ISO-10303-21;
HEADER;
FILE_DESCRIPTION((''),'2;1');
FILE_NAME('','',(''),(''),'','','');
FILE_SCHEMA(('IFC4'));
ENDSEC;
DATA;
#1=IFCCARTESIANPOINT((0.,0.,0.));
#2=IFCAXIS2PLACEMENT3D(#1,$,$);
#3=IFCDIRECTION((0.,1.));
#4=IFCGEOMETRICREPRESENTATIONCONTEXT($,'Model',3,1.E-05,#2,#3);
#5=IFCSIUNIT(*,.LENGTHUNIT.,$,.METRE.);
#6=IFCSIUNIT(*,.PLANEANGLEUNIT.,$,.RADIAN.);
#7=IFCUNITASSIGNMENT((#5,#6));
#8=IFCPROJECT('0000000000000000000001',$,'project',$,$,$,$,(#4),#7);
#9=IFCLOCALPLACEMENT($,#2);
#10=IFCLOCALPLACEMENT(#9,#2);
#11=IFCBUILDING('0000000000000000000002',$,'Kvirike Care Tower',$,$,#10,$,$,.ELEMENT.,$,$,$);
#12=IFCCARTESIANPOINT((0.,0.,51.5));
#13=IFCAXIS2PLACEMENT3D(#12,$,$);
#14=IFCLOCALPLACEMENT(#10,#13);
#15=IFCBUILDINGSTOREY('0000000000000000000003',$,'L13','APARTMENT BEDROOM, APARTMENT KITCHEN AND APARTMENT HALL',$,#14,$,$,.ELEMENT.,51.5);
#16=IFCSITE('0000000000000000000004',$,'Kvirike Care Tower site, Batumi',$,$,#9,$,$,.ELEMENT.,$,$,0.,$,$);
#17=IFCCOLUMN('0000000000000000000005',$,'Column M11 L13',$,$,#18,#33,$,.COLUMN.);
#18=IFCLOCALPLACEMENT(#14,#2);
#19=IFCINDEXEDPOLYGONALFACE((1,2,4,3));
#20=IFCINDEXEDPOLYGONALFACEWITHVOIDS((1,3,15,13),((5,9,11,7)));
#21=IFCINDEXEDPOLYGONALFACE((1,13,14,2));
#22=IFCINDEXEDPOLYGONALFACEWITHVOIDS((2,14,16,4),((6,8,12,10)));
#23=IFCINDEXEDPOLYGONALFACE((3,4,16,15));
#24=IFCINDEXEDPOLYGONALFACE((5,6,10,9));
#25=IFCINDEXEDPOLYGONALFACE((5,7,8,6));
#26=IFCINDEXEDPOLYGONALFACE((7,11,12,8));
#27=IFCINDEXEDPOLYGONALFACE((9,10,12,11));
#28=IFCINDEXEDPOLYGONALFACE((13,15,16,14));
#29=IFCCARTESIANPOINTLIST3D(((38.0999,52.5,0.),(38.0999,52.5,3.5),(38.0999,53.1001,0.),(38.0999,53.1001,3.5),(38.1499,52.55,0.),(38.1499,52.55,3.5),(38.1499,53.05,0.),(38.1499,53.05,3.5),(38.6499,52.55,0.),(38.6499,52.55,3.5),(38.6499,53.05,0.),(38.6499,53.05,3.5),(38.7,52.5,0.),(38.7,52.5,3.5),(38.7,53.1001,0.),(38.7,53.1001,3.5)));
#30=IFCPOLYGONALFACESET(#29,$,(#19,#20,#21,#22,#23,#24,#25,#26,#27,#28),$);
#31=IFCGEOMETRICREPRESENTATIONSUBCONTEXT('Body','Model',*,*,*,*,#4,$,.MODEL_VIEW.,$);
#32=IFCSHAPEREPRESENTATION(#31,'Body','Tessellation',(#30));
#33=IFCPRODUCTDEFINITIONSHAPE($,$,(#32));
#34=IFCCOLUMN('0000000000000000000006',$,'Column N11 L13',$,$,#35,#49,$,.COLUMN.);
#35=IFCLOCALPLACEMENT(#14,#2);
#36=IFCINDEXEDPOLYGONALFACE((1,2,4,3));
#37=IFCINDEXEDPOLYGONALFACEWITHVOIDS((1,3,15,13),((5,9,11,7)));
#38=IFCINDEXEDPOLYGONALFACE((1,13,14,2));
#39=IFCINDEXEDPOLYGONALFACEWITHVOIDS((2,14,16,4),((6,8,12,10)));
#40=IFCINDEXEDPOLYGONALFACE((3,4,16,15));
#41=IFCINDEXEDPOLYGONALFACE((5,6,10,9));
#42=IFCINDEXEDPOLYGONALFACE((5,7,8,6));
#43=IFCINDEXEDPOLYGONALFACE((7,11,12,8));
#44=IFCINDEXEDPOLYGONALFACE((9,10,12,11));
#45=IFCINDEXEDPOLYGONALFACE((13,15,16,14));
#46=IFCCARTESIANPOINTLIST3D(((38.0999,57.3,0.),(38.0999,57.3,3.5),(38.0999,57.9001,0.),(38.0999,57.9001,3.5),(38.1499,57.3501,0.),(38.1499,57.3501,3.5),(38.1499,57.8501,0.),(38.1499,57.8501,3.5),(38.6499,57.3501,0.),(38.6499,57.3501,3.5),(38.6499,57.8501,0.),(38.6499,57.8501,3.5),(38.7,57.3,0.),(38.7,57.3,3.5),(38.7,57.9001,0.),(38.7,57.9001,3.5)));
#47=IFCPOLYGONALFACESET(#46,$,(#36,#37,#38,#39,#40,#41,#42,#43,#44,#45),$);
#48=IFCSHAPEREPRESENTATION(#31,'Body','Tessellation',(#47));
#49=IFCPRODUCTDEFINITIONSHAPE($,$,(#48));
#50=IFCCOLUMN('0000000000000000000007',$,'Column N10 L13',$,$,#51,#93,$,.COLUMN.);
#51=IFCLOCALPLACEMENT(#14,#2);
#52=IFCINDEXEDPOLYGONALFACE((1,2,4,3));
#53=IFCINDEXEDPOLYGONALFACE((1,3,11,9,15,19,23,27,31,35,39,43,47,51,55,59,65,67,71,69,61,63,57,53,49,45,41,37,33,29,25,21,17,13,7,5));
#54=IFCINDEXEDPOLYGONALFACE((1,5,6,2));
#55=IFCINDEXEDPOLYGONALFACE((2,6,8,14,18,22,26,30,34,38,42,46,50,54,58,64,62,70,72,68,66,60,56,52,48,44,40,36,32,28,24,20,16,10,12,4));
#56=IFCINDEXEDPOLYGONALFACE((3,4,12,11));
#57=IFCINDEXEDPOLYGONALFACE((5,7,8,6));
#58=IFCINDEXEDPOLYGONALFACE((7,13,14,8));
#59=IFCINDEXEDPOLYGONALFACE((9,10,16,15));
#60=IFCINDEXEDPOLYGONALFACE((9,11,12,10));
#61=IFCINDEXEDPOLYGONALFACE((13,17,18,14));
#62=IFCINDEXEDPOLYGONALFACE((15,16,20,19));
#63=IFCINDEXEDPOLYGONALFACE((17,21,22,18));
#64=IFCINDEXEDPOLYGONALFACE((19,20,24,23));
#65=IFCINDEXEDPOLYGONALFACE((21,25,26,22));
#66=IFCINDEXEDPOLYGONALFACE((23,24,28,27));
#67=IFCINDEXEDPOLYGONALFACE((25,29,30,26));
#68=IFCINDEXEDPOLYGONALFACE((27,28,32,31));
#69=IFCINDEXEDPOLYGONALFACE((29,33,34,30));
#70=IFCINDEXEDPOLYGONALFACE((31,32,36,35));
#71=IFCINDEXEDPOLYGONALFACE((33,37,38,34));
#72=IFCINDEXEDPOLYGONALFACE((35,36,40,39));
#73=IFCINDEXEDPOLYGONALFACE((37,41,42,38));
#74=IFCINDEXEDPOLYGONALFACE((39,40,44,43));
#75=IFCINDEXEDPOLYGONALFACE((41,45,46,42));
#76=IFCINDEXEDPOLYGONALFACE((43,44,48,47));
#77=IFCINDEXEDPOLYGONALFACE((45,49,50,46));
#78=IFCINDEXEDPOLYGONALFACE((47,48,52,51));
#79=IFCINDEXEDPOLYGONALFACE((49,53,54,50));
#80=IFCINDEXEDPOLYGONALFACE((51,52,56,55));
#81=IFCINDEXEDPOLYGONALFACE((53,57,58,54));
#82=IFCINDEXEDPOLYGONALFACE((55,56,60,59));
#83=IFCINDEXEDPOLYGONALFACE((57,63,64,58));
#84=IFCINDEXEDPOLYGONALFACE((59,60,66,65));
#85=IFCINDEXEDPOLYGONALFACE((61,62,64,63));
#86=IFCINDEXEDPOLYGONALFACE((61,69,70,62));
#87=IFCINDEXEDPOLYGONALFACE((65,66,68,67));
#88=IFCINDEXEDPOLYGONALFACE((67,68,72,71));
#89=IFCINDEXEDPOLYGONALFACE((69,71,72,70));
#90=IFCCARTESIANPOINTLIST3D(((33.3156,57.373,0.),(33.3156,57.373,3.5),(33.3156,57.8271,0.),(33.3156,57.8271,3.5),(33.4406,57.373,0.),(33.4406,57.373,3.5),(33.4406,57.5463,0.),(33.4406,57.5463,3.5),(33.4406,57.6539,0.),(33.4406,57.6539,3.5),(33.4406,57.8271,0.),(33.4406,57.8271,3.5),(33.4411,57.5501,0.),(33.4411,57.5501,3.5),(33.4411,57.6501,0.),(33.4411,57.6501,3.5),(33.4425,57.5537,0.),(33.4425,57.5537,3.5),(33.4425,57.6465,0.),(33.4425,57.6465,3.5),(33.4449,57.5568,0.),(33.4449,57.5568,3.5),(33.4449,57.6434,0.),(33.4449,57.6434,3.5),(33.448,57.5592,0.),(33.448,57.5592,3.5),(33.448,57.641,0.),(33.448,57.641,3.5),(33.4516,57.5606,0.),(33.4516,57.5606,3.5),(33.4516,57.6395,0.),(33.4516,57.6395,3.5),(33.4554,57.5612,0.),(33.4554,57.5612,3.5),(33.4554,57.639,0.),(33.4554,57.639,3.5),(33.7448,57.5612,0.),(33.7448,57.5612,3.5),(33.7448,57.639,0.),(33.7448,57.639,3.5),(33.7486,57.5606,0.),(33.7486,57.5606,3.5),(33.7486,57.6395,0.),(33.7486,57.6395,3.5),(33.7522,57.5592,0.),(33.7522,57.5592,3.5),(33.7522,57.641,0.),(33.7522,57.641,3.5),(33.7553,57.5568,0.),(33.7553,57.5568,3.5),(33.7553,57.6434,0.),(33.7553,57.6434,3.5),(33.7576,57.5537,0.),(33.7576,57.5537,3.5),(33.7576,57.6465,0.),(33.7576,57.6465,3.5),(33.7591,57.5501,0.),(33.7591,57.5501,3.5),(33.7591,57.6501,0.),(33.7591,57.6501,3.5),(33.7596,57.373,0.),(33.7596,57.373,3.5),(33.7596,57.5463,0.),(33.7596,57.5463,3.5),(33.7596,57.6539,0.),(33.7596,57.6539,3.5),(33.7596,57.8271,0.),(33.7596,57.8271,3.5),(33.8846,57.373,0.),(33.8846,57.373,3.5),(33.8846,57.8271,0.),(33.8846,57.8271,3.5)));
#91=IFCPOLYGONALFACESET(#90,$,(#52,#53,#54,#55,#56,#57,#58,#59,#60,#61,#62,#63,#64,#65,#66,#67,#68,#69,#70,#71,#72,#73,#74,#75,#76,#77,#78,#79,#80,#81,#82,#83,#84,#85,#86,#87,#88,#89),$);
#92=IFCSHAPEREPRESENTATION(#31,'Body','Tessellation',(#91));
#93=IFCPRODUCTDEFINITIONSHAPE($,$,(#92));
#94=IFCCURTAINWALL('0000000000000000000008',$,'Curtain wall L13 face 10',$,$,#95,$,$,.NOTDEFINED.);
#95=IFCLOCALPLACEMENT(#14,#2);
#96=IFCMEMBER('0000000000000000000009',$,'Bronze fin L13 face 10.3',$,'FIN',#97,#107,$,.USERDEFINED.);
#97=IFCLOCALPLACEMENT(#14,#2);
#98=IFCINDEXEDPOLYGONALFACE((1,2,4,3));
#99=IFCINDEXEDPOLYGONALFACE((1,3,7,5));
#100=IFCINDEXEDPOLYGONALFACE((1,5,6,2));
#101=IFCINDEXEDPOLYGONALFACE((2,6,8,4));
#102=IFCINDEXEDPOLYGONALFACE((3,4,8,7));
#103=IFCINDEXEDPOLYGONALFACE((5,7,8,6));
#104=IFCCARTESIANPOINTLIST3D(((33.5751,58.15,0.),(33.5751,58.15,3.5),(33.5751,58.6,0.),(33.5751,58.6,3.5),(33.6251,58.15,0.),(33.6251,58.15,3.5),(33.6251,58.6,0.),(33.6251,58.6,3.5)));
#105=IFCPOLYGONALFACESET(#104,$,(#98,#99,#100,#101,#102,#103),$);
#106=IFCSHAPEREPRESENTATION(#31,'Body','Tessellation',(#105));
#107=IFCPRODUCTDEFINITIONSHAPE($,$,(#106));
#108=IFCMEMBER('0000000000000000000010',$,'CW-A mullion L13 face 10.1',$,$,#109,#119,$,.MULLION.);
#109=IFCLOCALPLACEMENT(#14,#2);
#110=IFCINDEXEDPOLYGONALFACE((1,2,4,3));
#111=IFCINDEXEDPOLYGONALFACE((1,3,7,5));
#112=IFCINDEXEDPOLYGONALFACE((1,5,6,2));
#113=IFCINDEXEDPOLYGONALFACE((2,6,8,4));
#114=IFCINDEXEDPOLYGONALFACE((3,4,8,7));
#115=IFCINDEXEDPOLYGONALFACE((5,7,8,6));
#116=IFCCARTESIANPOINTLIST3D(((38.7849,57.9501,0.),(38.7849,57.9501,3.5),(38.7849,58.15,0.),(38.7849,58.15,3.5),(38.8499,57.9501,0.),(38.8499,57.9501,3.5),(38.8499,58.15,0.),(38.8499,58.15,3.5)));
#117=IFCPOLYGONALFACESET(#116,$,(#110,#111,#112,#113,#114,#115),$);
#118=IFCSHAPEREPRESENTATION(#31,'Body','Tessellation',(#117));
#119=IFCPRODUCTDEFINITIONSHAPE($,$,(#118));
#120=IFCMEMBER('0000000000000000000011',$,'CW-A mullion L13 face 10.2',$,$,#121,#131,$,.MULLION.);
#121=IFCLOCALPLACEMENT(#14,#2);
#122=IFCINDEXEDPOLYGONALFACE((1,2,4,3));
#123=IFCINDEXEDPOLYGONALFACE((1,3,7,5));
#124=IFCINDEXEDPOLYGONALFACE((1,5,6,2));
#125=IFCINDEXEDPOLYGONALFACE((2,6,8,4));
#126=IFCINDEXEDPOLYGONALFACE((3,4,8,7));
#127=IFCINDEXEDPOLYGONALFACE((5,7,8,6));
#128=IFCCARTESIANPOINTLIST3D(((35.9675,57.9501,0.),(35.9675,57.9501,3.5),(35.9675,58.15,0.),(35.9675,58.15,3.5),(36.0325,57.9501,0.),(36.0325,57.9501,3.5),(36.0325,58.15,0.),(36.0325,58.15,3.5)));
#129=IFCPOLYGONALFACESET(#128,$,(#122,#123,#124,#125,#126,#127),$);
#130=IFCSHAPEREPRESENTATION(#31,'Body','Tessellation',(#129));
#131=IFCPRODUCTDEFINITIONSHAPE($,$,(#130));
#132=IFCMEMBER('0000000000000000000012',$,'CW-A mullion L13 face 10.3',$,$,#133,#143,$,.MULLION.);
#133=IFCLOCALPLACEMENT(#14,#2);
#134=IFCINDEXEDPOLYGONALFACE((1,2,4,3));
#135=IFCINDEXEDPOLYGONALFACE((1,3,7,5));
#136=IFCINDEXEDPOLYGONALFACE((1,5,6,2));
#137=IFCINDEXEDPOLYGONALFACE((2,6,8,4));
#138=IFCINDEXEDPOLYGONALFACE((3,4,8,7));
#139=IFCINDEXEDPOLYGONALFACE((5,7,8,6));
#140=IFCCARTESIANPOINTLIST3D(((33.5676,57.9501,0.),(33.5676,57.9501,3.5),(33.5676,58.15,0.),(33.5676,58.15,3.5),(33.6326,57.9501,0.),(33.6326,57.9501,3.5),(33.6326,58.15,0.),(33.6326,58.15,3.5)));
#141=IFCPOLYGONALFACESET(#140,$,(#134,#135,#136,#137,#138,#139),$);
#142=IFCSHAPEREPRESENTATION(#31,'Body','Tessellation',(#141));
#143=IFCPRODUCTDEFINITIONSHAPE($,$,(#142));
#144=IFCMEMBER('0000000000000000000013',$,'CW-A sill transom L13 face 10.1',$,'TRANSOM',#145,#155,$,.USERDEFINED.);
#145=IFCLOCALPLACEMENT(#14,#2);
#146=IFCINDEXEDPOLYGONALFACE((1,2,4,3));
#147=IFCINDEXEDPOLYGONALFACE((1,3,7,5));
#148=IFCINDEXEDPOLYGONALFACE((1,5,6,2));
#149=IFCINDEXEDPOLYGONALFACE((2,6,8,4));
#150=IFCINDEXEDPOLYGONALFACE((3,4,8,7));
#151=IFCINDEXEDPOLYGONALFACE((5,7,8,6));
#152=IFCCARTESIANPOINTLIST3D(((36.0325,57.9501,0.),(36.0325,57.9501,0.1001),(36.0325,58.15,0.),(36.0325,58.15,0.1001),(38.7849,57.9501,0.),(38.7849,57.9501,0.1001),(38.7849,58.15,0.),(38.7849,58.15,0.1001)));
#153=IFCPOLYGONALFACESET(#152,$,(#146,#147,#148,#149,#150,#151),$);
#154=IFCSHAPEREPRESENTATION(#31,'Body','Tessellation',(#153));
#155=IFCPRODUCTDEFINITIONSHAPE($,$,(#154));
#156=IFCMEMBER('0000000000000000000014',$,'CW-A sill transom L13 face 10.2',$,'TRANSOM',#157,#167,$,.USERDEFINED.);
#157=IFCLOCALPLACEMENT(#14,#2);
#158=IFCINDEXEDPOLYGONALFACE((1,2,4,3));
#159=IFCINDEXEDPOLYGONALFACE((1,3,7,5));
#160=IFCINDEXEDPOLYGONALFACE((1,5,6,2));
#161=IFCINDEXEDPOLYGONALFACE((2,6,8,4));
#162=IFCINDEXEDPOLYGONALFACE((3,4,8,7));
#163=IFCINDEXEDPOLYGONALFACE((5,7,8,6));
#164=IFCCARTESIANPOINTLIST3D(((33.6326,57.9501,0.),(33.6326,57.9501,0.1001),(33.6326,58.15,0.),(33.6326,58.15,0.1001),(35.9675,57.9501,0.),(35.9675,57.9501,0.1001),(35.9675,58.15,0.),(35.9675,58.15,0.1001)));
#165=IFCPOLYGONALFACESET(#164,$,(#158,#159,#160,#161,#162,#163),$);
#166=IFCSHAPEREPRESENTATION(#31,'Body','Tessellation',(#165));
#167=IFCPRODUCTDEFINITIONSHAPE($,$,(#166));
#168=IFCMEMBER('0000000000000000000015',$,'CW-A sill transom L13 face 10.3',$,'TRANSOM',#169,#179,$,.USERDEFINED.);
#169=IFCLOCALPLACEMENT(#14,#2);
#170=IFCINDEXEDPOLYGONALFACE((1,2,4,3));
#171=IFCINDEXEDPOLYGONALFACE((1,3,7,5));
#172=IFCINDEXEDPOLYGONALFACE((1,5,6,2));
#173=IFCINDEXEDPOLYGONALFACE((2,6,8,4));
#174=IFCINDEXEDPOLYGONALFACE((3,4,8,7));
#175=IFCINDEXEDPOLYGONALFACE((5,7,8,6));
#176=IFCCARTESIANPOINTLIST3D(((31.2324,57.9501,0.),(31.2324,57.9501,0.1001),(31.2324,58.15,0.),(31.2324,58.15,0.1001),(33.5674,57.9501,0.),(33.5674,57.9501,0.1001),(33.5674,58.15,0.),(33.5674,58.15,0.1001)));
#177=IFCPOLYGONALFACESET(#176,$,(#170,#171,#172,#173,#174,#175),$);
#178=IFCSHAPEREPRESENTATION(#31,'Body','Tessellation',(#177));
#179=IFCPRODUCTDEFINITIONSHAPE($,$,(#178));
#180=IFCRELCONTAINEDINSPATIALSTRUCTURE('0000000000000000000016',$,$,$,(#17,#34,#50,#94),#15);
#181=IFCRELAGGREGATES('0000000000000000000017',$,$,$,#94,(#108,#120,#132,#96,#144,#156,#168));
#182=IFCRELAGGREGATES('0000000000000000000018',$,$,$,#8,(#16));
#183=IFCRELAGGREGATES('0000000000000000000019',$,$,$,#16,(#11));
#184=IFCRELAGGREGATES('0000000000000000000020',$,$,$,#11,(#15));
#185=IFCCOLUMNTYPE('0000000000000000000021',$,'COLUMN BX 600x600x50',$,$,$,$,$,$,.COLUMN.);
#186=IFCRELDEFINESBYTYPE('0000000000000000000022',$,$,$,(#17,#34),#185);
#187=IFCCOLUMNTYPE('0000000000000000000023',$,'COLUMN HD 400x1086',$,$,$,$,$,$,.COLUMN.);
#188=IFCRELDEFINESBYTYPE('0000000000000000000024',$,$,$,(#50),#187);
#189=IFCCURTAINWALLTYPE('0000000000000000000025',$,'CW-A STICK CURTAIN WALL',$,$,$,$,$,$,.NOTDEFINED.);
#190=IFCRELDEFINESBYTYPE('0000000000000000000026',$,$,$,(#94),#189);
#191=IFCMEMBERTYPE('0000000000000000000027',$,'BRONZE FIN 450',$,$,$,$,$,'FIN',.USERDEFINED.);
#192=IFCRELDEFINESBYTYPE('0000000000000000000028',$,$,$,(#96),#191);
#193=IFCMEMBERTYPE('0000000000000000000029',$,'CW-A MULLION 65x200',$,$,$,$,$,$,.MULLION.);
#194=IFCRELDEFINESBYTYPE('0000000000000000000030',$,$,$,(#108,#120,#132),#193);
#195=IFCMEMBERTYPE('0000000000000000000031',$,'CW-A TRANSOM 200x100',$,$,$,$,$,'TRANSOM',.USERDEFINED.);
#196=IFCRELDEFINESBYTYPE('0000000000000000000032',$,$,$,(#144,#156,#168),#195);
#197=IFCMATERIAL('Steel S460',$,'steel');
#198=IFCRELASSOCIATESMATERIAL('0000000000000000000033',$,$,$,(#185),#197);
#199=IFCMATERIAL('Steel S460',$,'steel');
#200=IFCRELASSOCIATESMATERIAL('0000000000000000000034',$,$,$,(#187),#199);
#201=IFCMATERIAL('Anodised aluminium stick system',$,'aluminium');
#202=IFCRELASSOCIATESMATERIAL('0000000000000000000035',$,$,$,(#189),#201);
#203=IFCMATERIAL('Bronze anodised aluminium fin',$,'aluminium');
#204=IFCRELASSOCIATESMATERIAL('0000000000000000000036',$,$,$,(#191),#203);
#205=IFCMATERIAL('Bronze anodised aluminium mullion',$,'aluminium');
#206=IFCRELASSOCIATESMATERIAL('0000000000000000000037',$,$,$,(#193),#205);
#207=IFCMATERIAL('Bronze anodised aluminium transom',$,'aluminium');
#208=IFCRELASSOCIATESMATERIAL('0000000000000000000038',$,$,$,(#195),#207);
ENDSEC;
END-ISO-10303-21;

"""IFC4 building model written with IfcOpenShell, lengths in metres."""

from ifc_helpers import new_model, si_unit, direction, frame, origin, origin_2d, place, context, subcontext, project, spatial, rectangle, hollow_rectangle, i_section, extrude, material, material_profile, profile_set, type_object, element, aggregate, save


model = new_model("IFC4")

# Units and contexts
model_context = context("Model", 3, precision=1e-05, world=origin(), true_north=direction((0.0, 1.0)))
body_context = subcontext(model_context, "Body", "Model", "MODEL_VIEW")
ifc_project = project(units=[si_unit("LENGTHUNIT", "METRE"), si_unit("PLANEANGLEUNIT", "RADIAN")], contexts=[model_context])

# Site, building, storey
site_placement = place(None, origin())
site = spatial("IfcSite", under=ifc_project, at=site_placement, Name="Kvirike Care Tower site, Batumi", CompositionType="ELEMENT", RefElevation=0.0)
building_placement = place(site_placement, origin())
building = spatial("IfcBuilding", under=site, at=building_placement, Name="Kvirike Care Tower", CompositionType="ELEMENT")
storey_placement = place(building_placement, frame((0.0, 0.0, 51.5)))
storey = spatial("IfcBuildingStorey", under=building, at=storey_placement, Name="L13", Description="APARTMENT BEDROOM, APARTMENT KITCHEN AND APARTMENT HALL", CompositionType="ELEMENT", Elevation=51.5)

# Columns
ifc_material_1 = material(Name="Steel S460", Category="steel")
ifc_material_profile_1 = material_profile(ifc_material_1, hollow_rectangle(XDim=0.6001, YDim=0.6001, WallThickness=0.05, at=origin_2d()), Name="BX 600x600x50")
ifc_profile_set_1 = profile_set([ifc_material_profile_1], Name="Steel S460")
column_type_1 = type_object("IfcColumnType", Name="COLUMN BX 600x600x50", PredefinedType="COLUMN", material=ifc_profile_set_1)
for number, where, z_axis, x_axis, name in (
    (1, (38.3999, 52.8, 0.0), (0.0, 0.0, 1.0), (0.0, 1.0, 0.0), "Column M11 L13"),
    (2, (38.3999, 57.6001, 0.0), (0.0, 0.0, 1.0), (0.0, 1.0, 0.0), "Column N11 L13"),
):
    element("IfcColumn", number, at=place(storey_placement, frame(where, z_axis=z_axis, x_axis=x_axis)), inside=storey, type_object=column_type_1, Name=name, PredefinedType="COLUMN", context=body_context, shape_type="SweptSolid", body=[
        extrude(hollow_rectangle(XDim=0.6001, YDim=0.6001, WallThickness=0.05, at=origin_2d()), origin(), (0.0, 0.0, 1.0), 3.5),
    ])
ifc_material_2 = material(Name="Steel S460", Category="steel")
ifc_material_profile_2 = material_profile(ifc_material_2, i_section(OverallWidth=0.4541, OverallDepth=0.5691, WebThickness=0.0779, FlangeThickness=0.125, FilletRadius=0.0149, at=origin_2d()), Name="HD 400x1086")
ifc_profile_set_2 = profile_set([ifc_material_profile_2], Name="Steel S460")
column_type_2 = type_object("IfcColumnType", Name="COLUMN HD 400x1086", PredefinedType="COLUMN", material=ifc_profile_set_2)
column_placement = place(storey_placement, frame((33.6001, 57.6001, 0.0), z_axis=(0.0, 0.0, 1.0), x_axis=(0.0, 1.0, 0.0)))
element("IfcColumn", 3, at=column_placement, inside=storey, type_object=column_type_2, Name="Column N10 L13", PredefinedType="COLUMN", context=body_context, shape_type="SweptSolid", body=[
    extrude(i_section(OverallWidth=0.4541, OverallDepth=0.5691, WebThickness=0.0779, FlangeThickness=0.125, FilletRadius=0.0149, at=origin_2d()), origin(), (0.0, 0.0, 1.0), 3.5),
])

# Curtain wall, members
ifc_material_3 = material(Name="Anodised aluminium stick system", Category="aluminium")
curtain_wall_type = type_object("IfcCurtainWallType", Name="CW-A STICK CURTAIN WALL", PredefinedType="NOTDEFINED", material=ifc_material_3)
curtain_wall_placement = place(storey_placement, origin())
curtain_wall = element("IfcCurtainWall", 4, at=curtain_wall_placement, inside=storey, type_object=curtain_wall_type, Name="Curtain wall L13 face 10", PredefinedType="NOTDEFINED")
ifc_material_4 = material(Name="Bronze anodised aluminium fin", Category="aluminium")
ifc_material_profile_3 = material_profile(ifc_material_4, rectangle(XDim=0.05, YDim=0.45, at=origin_2d()), Name="BRONZE FIN 450")
ifc_profile_set_3 = profile_set([ifc_material_profile_3], Name="Bronze anodised aluminium fin")
member_type_1 = type_object("IfcMemberType", Name="BRONZE FIN 450", ElementType="FIN", PredefinedType="USERDEFINED", material=ifc_profile_set_3)
member_1_placement = place(storey_placement, frame((33.6001, 58.375, 0.0), z_axis=(0.0, 0.0, 1.0), x_axis=(-1.0, 0.0, 0.0)))
member_1 = element("IfcMember", 5, at=member_1_placement, type_object=member_type_1, Name="Bronze fin L13 face 10.3", ObjectType="FIN", PredefinedType="USERDEFINED", context=body_context, shape_type="SweptSolid", body=[
    extrude(rectangle(XDim=0.05, YDim=0.45, at=origin_2d()), origin(), (0.0, 0.0, 1.0), 3.5),
])
ifc_material_5 = material(Name="Bronze anodised aluminium mullion", Category="aluminium")
ifc_material_profile_4 = material_profile(ifc_material_5, rectangle(XDim=0.0649, YDim=0.2, at=origin_2d()), Name="CW-A MULLION 65x200")
ifc_profile_set_4 = profile_set([ifc_material_profile_4], Name="Bronze anodised aluminium mullion")
member_type_2 = type_object("IfcMemberType", Name="CW-A MULLION 65x200", PredefinedType="MULLION", material=ifc_profile_set_4)
member_2_placement = place(storey_placement, frame((38.8174, 58.05, 0.0), z_axis=(0.0, 0.0, 1.0), x_axis=(-1.0, 0.0, 0.0)))
member_2 = element("IfcMember", 6, at=member_2_placement, type_object=member_type_2, Name="CW-A mullion L13 face 10.1", PredefinedType="MULLION", context=body_context, shape_type="SweptSolid", body=[
    extrude(rectangle(XDim=0.0649, YDim=0.2, at=origin_2d()), origin(), (0.0, 0.0, 1.0), 3.5),
])
member_3_placement = place(storey_placement, frame((36.0, 58.05, 0.0), z_axis=(0.0, 0.0, 1.0), x_axis=(-1.0, 0.0, 0.0)))
member_3 = element("IfcMember", 7, at=member_3_placement, type_object=member_type_2, Name="CW-A mullion L13 face 10.2", PredefinedType="MULLION", context=body_context, shape_type="SweptSolid", body=[
    extrude(rectangle(XDim=0.0649, YDim=0.2, at=origin_2d()), origin(), (0.0, 0.0, 1.0), 3.5),
])
member_4_placement = place(storey_placement, frame((33.6001, 58.05, 0.0), z_axis=(0.0, 0.0, 1.0), x_axis=(-1.0, 0.0, 0.0)))
member_4 = element("IfcMember", 8, at=member_4_placement, type_object=member_type_2, Name="CW-A mullion L13 face 10.3", PredefinedType="MULLION", context=body_context, shape_type="SweptSolid", body=[
    extrude(rectangle(XDim=0.0649, YDim=0.2, at=origin_2d()), origin(), (0.0, 0.0, 1.0), 3.5),
])
ifc_material_6 = material(Name="Bronze anodised aluminium transom", Category="aluminium")
ifc_material_profile_5 = material_profile(ifc_material_6, rectangle(XDim=0.2, YDim=0.1001, at=origin_2d()), Name="CW-A TRANSOM 200x100")
ifc_profile_set_5 = profile_set([ifc_material_profile_5], Name="Bronze anodised aluminium transom")
member_type_3 = type_object("IfcMemberType", Name="CW-A TRANSOM 200x100", ElementType="TRANSOM", PredefinedType="USERDEFINED", material=ifc_profile_set_5)
member_5_placement = place(storey_placement, frame((38.7849, 58.05, 0.05), z_axis=(-1.0, 0.0, 0.0), x_axis=(0.0, -1.0, 0.0)))
member_5 = element("IfcMember", 9, at=member_5_placement, type_object=member_type_3, Name="CW-A sill transom L13 face 10.1", ObjectType="TRANSOM", PredefinedType="USERDEFINED", context=body_context, shape_type="SweptSolid", body=[
    extrude(rectangle(XDim=0.2, YDim=0.1001, at=origin_2d()), origin(), (0.0, 0.0, 1.0), 2.7524),
])
member_6_placement = place(storey_placement, frame((35.9675, 58.05, 0.05), z_axis=(-1.0, 0.0, 0.0), x_axis=(0.0, -1.0, 0.0)))
member_6 = element("IfcMember", 10, at=member_6_placement, type_object=member_type_3, Name="CW-A sill transom L13 face 10.2", ObjectType="TRANSOM", PredefinedType="USERDEFINED", context=body_context, shape_type="SweptSolid", body=[
    extrude(rectangle(XDim=0.2, YDim=0.1001, at=origin_2d()), origin(), (0.0, 0.0, 1.0), 2.335),
])
member_7_placement = place(storey_placement, frame((33.5674, 58.05, 0.05), z_axis=(-1.0, 0.0, 0.0), x_axis=(0.0, -1.0, 0.0)))
member_7 = element("IfcMember", 11, at=member_7_placement, type_object=member_type_3, Name="CW-A sill transom L13 face 10.3", ObjectType="TRANSOM", PredefinedType="USERDEFINED", context=body_context, shape_type="SweptSolid", body=[
    extrude(rectangle(XDim=0.2, YDim=0.1001, at=origin_2d()), origin(), (0.0, 0.0, 1.0), 2.335),
])

aggregate(curtain_wall, [member_2, member_3, member_4, member_1, member_5, member_6, member_7])

save(model, "model.ifc")
